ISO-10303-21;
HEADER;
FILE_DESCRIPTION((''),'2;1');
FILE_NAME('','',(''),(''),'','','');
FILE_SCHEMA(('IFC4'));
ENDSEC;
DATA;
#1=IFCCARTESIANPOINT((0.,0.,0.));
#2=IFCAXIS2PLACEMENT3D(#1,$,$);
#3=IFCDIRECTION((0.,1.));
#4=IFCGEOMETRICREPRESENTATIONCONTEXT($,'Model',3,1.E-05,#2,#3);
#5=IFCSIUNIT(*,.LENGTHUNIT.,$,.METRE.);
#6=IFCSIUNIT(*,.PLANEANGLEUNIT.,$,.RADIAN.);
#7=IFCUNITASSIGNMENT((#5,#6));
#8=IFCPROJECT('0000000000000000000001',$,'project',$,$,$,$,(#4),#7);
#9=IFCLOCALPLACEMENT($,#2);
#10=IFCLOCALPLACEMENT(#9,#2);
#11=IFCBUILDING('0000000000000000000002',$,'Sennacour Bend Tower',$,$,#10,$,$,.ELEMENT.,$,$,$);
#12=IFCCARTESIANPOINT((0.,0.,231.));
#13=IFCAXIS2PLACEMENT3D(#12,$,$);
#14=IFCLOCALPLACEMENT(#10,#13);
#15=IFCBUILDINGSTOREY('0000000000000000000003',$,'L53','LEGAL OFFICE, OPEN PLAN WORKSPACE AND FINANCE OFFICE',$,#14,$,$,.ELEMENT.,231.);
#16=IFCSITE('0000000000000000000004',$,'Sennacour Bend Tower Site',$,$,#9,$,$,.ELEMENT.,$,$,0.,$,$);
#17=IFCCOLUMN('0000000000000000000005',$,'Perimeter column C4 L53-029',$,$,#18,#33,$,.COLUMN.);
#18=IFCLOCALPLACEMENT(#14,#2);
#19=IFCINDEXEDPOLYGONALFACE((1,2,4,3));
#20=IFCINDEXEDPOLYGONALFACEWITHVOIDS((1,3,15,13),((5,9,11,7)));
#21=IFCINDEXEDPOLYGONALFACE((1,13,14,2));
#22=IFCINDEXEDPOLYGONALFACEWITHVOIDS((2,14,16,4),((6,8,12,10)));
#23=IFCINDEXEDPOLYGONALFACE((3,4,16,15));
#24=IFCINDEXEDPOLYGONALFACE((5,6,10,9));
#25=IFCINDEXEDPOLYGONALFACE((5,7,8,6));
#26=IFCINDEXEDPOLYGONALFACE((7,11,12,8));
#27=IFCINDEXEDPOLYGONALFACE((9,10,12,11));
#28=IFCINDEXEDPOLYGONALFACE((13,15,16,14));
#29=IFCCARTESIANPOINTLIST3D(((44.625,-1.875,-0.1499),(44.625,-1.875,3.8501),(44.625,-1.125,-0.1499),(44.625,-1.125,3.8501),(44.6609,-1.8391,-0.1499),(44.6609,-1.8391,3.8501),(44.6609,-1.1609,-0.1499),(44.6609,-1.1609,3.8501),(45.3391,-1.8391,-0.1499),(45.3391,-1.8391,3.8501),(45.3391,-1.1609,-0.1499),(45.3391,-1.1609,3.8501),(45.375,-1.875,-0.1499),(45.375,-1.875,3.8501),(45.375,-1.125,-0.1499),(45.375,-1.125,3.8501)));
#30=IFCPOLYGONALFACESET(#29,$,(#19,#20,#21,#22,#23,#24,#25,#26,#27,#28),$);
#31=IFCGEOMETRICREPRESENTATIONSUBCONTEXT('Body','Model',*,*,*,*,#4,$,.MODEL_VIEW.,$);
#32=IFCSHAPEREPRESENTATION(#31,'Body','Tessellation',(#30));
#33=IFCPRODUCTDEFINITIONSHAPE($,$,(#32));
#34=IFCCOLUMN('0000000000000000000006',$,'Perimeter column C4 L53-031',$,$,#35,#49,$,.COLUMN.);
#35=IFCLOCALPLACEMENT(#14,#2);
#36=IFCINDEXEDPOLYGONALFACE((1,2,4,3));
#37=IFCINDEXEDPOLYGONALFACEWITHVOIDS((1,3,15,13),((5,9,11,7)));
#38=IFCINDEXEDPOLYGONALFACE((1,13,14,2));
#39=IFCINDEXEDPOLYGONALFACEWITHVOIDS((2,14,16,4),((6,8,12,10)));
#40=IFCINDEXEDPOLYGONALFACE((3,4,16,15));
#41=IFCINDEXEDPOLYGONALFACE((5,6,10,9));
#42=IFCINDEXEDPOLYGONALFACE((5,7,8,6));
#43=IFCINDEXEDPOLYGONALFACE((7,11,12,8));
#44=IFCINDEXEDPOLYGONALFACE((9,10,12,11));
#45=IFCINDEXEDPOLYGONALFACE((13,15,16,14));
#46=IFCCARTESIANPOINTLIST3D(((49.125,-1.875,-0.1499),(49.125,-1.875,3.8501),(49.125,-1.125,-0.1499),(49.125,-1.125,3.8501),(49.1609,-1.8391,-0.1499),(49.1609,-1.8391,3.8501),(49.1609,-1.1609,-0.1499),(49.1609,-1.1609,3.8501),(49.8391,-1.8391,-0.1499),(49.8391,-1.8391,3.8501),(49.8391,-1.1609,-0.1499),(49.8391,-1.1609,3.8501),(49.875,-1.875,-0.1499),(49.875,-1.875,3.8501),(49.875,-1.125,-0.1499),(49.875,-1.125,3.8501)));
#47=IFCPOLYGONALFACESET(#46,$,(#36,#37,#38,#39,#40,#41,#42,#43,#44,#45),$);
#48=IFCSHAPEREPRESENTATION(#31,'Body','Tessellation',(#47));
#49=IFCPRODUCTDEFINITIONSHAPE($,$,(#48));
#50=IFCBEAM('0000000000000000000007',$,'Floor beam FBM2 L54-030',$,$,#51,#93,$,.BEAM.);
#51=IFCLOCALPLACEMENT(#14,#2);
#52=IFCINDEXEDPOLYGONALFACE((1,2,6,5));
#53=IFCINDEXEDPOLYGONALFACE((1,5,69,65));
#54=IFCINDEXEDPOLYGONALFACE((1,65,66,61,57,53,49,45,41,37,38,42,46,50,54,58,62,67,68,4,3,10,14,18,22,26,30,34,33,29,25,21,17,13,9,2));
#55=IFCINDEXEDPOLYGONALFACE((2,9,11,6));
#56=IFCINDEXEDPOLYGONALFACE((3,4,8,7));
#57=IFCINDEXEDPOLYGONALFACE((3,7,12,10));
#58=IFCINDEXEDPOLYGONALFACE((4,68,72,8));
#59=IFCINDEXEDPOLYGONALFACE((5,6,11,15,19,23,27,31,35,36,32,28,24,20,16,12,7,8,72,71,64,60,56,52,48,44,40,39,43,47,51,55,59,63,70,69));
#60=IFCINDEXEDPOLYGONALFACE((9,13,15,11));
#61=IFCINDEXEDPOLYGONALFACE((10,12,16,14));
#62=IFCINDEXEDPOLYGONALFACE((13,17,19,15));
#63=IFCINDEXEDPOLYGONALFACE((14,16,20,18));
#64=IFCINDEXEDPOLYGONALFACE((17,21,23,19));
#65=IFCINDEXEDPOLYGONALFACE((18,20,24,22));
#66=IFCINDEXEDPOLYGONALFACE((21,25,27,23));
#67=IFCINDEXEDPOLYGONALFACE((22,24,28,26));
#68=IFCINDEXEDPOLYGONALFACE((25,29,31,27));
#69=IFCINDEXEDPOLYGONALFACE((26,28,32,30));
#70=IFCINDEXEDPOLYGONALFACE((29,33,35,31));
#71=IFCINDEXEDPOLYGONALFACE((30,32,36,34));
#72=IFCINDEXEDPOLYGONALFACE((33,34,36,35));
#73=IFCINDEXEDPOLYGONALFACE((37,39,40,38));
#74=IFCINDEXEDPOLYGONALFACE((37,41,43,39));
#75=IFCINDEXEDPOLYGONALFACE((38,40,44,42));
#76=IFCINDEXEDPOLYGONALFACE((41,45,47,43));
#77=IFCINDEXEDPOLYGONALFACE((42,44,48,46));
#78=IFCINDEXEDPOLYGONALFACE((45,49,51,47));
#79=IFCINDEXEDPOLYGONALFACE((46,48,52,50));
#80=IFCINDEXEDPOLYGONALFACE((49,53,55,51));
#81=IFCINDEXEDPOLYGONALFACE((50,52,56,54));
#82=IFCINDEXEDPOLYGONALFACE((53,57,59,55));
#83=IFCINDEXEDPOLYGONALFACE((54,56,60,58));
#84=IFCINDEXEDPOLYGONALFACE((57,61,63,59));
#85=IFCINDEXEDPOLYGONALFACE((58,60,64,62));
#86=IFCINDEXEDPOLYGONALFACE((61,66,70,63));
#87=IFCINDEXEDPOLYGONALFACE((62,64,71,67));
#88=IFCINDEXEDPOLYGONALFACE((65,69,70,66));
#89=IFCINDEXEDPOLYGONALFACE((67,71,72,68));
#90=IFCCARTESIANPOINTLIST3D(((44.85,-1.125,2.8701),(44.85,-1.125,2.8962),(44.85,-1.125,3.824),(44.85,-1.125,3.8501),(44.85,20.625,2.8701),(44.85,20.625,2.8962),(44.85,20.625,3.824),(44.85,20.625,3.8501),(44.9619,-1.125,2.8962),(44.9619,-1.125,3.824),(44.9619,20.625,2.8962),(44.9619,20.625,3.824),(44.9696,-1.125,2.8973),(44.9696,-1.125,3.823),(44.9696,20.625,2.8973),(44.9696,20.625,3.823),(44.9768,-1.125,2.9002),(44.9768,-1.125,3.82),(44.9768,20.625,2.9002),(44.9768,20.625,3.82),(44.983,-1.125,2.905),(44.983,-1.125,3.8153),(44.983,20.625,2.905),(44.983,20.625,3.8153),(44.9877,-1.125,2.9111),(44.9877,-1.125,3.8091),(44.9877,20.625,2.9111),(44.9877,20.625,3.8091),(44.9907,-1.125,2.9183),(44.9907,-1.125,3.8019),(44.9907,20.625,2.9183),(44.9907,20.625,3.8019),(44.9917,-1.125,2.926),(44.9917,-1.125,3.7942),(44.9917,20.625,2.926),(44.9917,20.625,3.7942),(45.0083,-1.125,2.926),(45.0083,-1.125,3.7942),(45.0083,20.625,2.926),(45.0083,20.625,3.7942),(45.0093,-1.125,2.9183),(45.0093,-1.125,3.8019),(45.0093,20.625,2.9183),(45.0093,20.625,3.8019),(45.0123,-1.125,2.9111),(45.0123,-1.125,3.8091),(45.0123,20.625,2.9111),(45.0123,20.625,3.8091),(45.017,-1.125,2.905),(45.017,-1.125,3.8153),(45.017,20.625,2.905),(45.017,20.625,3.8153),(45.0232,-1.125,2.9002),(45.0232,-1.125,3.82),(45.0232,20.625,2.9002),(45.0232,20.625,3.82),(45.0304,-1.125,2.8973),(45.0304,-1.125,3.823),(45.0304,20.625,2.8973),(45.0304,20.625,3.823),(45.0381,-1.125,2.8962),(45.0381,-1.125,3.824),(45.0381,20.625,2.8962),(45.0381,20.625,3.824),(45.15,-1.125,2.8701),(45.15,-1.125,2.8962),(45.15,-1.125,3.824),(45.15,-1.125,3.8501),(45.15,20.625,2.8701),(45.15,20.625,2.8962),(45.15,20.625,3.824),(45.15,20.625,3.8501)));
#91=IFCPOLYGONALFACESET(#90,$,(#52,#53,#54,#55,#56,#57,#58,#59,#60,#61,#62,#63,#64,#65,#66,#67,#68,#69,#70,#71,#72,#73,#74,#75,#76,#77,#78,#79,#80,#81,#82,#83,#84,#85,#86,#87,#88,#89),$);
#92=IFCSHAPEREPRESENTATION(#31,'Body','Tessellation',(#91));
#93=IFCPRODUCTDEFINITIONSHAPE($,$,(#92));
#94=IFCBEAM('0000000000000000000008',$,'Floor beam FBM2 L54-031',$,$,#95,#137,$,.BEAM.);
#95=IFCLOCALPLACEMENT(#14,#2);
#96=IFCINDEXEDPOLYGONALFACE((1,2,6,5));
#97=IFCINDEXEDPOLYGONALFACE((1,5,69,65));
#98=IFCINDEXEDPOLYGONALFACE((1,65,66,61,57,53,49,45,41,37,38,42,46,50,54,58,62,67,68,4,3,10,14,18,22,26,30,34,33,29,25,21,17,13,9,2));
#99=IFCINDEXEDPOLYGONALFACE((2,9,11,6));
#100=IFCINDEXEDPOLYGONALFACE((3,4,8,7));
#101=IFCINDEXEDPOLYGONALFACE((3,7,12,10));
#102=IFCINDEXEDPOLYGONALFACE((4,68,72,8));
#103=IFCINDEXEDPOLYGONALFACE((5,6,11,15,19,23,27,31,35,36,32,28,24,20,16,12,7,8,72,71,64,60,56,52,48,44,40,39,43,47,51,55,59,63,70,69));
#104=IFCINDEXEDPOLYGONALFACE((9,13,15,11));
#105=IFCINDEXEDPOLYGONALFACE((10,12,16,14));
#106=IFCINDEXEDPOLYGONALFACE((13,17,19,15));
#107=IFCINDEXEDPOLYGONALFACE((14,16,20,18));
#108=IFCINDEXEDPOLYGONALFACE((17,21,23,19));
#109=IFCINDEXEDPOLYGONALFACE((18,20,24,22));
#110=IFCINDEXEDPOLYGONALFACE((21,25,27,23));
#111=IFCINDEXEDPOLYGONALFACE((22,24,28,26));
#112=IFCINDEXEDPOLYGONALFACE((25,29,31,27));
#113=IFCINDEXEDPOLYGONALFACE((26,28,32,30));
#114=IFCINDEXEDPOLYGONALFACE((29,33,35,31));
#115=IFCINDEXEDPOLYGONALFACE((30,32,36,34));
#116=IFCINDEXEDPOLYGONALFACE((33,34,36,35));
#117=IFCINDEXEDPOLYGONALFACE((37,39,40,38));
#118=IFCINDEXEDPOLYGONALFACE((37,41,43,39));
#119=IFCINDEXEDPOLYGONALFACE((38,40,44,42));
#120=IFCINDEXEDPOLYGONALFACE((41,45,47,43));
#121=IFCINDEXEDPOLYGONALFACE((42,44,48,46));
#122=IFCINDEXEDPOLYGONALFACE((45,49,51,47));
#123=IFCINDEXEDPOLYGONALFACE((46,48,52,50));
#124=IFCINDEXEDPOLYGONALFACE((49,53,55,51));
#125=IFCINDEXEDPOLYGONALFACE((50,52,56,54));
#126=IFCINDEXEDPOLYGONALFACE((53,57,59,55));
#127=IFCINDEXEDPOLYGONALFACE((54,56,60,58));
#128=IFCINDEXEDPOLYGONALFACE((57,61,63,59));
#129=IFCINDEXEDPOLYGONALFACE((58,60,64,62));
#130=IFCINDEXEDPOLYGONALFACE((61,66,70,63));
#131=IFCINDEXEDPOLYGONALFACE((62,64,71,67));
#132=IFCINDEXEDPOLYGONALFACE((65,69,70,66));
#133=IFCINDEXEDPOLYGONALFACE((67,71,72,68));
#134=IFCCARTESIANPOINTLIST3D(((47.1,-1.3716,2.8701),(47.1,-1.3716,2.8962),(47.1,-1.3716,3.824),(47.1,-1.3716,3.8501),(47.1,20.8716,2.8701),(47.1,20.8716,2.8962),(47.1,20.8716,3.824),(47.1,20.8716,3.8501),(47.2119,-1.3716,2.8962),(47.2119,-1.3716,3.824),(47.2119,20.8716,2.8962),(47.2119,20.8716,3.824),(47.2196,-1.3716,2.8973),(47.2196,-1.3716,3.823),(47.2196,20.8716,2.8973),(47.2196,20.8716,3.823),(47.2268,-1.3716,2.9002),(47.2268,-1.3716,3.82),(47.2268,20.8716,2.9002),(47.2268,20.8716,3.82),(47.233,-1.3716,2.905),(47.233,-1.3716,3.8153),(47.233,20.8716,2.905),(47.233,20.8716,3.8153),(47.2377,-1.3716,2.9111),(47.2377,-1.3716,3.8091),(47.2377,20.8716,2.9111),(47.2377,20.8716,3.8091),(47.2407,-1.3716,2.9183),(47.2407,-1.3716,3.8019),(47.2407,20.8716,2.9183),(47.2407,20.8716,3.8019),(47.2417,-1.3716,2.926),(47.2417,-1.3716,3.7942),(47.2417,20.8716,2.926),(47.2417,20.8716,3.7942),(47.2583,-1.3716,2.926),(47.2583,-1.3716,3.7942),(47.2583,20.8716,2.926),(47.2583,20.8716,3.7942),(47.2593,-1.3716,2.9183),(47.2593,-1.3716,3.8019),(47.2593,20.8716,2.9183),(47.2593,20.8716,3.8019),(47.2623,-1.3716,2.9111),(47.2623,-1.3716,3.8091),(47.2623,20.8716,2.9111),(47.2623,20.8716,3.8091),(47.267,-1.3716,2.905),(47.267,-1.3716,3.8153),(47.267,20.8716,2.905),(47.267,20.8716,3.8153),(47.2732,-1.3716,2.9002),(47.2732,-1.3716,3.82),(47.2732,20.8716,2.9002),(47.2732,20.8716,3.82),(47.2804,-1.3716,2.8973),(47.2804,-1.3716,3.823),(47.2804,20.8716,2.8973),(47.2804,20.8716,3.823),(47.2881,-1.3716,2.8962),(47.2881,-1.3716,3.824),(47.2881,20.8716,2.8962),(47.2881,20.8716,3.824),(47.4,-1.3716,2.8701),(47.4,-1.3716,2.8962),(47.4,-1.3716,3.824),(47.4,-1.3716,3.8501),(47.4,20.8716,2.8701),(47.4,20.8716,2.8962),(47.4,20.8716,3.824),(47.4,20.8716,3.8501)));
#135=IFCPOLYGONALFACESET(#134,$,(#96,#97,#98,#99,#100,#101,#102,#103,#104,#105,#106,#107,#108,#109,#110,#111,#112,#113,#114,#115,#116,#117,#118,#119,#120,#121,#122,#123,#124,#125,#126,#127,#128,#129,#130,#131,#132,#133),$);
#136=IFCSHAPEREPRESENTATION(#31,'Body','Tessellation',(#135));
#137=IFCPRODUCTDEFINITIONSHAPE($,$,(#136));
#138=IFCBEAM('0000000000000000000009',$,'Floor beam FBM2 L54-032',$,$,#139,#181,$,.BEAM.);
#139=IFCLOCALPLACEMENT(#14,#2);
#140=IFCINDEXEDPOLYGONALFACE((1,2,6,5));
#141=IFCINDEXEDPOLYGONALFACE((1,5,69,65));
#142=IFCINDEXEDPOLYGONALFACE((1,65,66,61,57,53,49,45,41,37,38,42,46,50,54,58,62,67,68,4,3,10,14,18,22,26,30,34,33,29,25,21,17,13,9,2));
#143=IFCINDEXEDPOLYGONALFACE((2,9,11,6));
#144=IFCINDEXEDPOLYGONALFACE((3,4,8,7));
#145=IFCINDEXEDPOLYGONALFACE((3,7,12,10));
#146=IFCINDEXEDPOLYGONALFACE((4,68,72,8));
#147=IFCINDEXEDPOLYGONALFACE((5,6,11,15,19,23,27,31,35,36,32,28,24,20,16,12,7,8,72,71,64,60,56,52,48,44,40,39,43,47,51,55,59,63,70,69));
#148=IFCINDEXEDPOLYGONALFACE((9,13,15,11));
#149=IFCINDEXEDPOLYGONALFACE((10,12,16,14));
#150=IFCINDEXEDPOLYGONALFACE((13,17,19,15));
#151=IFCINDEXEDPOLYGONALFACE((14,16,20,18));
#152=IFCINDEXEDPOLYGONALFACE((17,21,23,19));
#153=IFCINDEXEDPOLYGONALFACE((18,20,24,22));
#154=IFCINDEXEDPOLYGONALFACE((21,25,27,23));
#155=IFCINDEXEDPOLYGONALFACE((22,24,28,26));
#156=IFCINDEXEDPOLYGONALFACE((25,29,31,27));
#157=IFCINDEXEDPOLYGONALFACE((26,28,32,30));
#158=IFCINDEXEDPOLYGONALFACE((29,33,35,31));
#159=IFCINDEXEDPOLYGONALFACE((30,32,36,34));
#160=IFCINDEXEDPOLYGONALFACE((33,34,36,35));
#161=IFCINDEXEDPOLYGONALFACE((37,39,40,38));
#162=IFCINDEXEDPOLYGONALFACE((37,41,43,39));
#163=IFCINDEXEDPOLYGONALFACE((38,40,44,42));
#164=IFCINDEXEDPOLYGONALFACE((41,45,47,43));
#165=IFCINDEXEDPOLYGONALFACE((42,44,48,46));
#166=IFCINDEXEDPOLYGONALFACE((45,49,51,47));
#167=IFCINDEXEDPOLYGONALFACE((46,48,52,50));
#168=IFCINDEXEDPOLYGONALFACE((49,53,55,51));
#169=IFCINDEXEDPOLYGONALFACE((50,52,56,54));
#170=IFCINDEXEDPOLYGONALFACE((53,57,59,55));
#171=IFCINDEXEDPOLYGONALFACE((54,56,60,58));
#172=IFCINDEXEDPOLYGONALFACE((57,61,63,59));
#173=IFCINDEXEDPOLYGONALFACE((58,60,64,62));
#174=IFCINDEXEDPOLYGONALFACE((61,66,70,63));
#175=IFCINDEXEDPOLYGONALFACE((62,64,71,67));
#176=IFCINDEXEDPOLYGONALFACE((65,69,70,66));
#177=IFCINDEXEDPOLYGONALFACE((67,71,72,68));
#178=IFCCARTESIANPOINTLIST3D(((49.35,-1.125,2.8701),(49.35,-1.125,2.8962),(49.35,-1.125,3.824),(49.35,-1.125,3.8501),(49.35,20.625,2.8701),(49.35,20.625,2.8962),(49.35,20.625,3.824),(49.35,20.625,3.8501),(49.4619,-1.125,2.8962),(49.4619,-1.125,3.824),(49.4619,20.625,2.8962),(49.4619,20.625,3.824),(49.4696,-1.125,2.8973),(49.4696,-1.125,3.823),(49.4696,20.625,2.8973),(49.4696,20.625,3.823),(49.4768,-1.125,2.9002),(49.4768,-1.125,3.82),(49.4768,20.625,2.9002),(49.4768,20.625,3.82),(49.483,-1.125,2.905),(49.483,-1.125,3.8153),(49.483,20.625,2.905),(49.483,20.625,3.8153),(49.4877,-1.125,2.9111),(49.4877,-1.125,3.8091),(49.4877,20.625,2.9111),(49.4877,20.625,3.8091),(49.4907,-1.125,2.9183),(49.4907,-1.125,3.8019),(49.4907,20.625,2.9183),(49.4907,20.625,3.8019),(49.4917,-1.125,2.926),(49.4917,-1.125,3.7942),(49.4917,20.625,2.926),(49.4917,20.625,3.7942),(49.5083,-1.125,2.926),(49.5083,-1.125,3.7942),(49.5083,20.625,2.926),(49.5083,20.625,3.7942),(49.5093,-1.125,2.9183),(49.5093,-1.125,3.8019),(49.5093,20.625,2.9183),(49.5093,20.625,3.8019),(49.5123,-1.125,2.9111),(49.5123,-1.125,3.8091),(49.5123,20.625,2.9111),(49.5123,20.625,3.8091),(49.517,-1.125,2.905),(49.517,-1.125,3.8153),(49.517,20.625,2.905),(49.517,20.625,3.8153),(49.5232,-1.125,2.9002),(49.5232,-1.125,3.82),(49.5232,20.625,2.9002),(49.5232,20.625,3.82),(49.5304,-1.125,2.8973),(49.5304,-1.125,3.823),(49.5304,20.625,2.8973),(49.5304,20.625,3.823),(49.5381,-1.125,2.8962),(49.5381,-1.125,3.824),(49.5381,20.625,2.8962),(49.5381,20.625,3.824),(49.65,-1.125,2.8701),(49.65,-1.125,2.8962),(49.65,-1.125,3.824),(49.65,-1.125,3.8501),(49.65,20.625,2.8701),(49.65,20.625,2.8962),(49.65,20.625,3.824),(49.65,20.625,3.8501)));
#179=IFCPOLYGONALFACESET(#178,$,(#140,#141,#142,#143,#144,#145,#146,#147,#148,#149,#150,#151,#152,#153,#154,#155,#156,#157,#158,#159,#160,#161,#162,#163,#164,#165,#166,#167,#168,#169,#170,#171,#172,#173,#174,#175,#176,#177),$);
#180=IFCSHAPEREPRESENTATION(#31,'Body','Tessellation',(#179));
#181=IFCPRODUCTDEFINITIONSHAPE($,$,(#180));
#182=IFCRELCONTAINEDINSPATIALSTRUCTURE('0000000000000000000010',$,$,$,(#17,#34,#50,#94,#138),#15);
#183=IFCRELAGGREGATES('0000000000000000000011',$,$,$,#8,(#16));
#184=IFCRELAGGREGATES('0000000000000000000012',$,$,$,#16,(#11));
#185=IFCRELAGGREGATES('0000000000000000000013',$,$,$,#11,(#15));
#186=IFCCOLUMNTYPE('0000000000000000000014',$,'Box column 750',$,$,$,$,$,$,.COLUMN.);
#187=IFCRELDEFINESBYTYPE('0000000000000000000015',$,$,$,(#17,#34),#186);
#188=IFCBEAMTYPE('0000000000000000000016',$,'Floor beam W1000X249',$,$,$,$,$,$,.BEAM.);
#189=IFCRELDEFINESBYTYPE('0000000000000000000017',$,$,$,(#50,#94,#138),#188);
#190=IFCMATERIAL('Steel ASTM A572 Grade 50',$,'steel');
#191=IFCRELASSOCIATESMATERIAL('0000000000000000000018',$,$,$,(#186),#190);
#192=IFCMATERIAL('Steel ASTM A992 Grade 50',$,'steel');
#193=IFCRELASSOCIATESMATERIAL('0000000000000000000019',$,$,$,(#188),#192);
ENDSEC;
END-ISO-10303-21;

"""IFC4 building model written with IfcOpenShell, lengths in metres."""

from ifc_helpers import new_model, si_unit, direction, frame, origin, origin_2d, place, context, subcontext, project, spatial, hollow_rectangle, i_section, extrude, material, material_profile, profile_set, type_object, element, save


model = new_model("IFC4")

# Units and contexts
model_context = context("Model", 3, precision=1e-05, world=origin(), true_north=direction((0.0, 1.0)))
body_context = subcontext(model_context, "Body", "Model", "MODEL_VIEW")
ifc_project = project(units=[si_unit("LENGTHUNIT", "METRE"), si_unit("PLANEANGLEUNIT", "RADIAN")], contexts=[model_context])

# Site, building, storey
site_placement = place(None, origin())
site = spatial("IfcSite", under=ifc_project, at=site_placement, Name="Sennacour Bend Tower Site", CompositionType="ELEMENT", RefElevation=0.0)
building_placement = place(site_placement, origin())
building = spatial("IfcBuilding", under=site, at=building_placement, Name="Sennacour Bend Tower", CompositionType="ELEMENT")
storey_placement = place(building_placement, frame((0.0, 0.0, 231.0)))
storey = spatial("IfcBuildingStorey", under=building, at=storey_placement, Name="L53", Description="LEGAL OFFICE, OPEN PLAN WORKSPACE AND FINANCE OFFICE", CompositionType="ELEMENT", Elevation=231.0)

# Columns
ifc_material_1 = material(Name="Steel ASTM A572 Grade 50", Category="steel")
ifc_material_profile_1 = material_profile(ifc_material_1, hollow_rectangle(XDim=0.75, YDim=0.75, WallThickness=0.0359, at=origin_2d()), Name="Steel ASTM A572 Grade 50", Category="steel")
ifc_profile_set_1 = profile_set([ifc_material_profile_1], Name="Steel ASTM A572 Grade 50")
column_type = type_object("IfcColumnType", Name="Box column 750", PredefinedType="COLUMN", material=ifc_profile_set_1)
for number, where, z_axis, x_axis, name in (
    (1, (45.0, -1.5, -0.1499), (0.0, 0.0, 1.0), (1.0, 0.0, 0.0), "Perimeter column C4 L53-029"),
    (2, (49.5, -1.5, -0.1499), (0.0, 0.0, 1.0), (1.0, 0.0, 0.0), "Perimeter column C4 L53-031"),
):
    element("IfcColumn", number, at=place(storey_placement, frame(where, z_axis=z_axis, x_axis=x_axis)), inside=storey, type_object=column_type, Name=name, PredefinedType="COLUMN", context=body_context, shape_type="SweptSolid", body=[
        extrude(hollow_rectangle(XDim=0.75, YDim=0.75, WallThickness=0.0359, at=origin_2d()), origin(), (0.0, 0.0, 1.0), 4.0),
    ])

# Beams
ifc_material_2 = material(Name="Steel ASTM A992 Grade 50", Category="steel")
ifc_material_profile_2 = material_profile(ifc_material_2, i_section(OverallWidth=0.3, OverallDepth=0.98, WebThickness=0.0166, FlangeThickness=0.0261, FilletRadius=0.0298, at=origin_2d()), Name="Steel ASTM A992 Grade 50", Category="steel")
ifc_profile_set_2 = profile_set([ifc_material_profile_2], Name="Steel ASTM A992 Grade 50")
beam_type_1 = type_object("IfcBeamType", Name="Floor beam W1000X249", PredefinedType="BEAM", material=ifc_profile_set_2)
beam_1_placement = place(storey_placement, frame((45.0, -1.125, 3.3601), z_axis=(0.0, 1.0, 0.0), x_axis=(-1.0, 0.0, 0.0)))
element("IfcBeam", 3, at=beam_1_placement, inside=storey, type_object=beam_type_1, Name="Floor beam FBM2 L54-030", PredefinedType="BEAM", context=body_context, shape_type="SweptSolid", body=[
    extrude(i_section(OverallWidth=0.3, OverallDepth=0.98, WebThickness=0.0166, FlangeThickness=0.0261, FilletRadius=0.0298, at=origin_2d()), origin(), (0.0, 0.0, 1.0), 21.75),
])
beam_2_placement = place(storey_placement, frame((47.25, -1.3716, 3.3601), z_axis=(0.0, 1.0, 0.0), x_axis=(-1.0, 0.0, 0.0)))
element("IfcBeam", 4, at=beam_2_placement, inside=storey, type_object=beam_type_1, Name="Floor beam FBM2 L54-031", PredefinedType="BEAM", context=body_context, shape_type="SweptSolid", body=[
    extrude(i_section(OverallWidth=0.3, OverallDepth=0.98, WebThickness=0.0166, FlangeThickness=0.0261, FilletRadius=0.0298, at=origin_2d()), origin(), (0.0, 0.0, 1.0), 22.2432),
])
beam_3_placement = place(storey_placement, frame((49.5, -1.125, 3.3601), z_axis=(0.0, 1.0, 0.0), x_axis=(-1.0, 0.0, 0.0)))
element("IfcBeam", 5, at=beam_3_placement, inside=storey, type_object=beam_type_1, Name="Floor beam FBM2 L54-032", PredefinedType="BEAM", context=body_context, shape_type="SweptSolid", body=[
    extrude(i_section(OverallWidth=0.3, OverallDepth=0.98, WebThickness=0.0166, FlangeThickness=0.0261, FilletRadius=0.0298, at=origin_2d()), origin(), (0.0, 0.0, 1.0), 21.75),
])

save(model, "model.ifc")
